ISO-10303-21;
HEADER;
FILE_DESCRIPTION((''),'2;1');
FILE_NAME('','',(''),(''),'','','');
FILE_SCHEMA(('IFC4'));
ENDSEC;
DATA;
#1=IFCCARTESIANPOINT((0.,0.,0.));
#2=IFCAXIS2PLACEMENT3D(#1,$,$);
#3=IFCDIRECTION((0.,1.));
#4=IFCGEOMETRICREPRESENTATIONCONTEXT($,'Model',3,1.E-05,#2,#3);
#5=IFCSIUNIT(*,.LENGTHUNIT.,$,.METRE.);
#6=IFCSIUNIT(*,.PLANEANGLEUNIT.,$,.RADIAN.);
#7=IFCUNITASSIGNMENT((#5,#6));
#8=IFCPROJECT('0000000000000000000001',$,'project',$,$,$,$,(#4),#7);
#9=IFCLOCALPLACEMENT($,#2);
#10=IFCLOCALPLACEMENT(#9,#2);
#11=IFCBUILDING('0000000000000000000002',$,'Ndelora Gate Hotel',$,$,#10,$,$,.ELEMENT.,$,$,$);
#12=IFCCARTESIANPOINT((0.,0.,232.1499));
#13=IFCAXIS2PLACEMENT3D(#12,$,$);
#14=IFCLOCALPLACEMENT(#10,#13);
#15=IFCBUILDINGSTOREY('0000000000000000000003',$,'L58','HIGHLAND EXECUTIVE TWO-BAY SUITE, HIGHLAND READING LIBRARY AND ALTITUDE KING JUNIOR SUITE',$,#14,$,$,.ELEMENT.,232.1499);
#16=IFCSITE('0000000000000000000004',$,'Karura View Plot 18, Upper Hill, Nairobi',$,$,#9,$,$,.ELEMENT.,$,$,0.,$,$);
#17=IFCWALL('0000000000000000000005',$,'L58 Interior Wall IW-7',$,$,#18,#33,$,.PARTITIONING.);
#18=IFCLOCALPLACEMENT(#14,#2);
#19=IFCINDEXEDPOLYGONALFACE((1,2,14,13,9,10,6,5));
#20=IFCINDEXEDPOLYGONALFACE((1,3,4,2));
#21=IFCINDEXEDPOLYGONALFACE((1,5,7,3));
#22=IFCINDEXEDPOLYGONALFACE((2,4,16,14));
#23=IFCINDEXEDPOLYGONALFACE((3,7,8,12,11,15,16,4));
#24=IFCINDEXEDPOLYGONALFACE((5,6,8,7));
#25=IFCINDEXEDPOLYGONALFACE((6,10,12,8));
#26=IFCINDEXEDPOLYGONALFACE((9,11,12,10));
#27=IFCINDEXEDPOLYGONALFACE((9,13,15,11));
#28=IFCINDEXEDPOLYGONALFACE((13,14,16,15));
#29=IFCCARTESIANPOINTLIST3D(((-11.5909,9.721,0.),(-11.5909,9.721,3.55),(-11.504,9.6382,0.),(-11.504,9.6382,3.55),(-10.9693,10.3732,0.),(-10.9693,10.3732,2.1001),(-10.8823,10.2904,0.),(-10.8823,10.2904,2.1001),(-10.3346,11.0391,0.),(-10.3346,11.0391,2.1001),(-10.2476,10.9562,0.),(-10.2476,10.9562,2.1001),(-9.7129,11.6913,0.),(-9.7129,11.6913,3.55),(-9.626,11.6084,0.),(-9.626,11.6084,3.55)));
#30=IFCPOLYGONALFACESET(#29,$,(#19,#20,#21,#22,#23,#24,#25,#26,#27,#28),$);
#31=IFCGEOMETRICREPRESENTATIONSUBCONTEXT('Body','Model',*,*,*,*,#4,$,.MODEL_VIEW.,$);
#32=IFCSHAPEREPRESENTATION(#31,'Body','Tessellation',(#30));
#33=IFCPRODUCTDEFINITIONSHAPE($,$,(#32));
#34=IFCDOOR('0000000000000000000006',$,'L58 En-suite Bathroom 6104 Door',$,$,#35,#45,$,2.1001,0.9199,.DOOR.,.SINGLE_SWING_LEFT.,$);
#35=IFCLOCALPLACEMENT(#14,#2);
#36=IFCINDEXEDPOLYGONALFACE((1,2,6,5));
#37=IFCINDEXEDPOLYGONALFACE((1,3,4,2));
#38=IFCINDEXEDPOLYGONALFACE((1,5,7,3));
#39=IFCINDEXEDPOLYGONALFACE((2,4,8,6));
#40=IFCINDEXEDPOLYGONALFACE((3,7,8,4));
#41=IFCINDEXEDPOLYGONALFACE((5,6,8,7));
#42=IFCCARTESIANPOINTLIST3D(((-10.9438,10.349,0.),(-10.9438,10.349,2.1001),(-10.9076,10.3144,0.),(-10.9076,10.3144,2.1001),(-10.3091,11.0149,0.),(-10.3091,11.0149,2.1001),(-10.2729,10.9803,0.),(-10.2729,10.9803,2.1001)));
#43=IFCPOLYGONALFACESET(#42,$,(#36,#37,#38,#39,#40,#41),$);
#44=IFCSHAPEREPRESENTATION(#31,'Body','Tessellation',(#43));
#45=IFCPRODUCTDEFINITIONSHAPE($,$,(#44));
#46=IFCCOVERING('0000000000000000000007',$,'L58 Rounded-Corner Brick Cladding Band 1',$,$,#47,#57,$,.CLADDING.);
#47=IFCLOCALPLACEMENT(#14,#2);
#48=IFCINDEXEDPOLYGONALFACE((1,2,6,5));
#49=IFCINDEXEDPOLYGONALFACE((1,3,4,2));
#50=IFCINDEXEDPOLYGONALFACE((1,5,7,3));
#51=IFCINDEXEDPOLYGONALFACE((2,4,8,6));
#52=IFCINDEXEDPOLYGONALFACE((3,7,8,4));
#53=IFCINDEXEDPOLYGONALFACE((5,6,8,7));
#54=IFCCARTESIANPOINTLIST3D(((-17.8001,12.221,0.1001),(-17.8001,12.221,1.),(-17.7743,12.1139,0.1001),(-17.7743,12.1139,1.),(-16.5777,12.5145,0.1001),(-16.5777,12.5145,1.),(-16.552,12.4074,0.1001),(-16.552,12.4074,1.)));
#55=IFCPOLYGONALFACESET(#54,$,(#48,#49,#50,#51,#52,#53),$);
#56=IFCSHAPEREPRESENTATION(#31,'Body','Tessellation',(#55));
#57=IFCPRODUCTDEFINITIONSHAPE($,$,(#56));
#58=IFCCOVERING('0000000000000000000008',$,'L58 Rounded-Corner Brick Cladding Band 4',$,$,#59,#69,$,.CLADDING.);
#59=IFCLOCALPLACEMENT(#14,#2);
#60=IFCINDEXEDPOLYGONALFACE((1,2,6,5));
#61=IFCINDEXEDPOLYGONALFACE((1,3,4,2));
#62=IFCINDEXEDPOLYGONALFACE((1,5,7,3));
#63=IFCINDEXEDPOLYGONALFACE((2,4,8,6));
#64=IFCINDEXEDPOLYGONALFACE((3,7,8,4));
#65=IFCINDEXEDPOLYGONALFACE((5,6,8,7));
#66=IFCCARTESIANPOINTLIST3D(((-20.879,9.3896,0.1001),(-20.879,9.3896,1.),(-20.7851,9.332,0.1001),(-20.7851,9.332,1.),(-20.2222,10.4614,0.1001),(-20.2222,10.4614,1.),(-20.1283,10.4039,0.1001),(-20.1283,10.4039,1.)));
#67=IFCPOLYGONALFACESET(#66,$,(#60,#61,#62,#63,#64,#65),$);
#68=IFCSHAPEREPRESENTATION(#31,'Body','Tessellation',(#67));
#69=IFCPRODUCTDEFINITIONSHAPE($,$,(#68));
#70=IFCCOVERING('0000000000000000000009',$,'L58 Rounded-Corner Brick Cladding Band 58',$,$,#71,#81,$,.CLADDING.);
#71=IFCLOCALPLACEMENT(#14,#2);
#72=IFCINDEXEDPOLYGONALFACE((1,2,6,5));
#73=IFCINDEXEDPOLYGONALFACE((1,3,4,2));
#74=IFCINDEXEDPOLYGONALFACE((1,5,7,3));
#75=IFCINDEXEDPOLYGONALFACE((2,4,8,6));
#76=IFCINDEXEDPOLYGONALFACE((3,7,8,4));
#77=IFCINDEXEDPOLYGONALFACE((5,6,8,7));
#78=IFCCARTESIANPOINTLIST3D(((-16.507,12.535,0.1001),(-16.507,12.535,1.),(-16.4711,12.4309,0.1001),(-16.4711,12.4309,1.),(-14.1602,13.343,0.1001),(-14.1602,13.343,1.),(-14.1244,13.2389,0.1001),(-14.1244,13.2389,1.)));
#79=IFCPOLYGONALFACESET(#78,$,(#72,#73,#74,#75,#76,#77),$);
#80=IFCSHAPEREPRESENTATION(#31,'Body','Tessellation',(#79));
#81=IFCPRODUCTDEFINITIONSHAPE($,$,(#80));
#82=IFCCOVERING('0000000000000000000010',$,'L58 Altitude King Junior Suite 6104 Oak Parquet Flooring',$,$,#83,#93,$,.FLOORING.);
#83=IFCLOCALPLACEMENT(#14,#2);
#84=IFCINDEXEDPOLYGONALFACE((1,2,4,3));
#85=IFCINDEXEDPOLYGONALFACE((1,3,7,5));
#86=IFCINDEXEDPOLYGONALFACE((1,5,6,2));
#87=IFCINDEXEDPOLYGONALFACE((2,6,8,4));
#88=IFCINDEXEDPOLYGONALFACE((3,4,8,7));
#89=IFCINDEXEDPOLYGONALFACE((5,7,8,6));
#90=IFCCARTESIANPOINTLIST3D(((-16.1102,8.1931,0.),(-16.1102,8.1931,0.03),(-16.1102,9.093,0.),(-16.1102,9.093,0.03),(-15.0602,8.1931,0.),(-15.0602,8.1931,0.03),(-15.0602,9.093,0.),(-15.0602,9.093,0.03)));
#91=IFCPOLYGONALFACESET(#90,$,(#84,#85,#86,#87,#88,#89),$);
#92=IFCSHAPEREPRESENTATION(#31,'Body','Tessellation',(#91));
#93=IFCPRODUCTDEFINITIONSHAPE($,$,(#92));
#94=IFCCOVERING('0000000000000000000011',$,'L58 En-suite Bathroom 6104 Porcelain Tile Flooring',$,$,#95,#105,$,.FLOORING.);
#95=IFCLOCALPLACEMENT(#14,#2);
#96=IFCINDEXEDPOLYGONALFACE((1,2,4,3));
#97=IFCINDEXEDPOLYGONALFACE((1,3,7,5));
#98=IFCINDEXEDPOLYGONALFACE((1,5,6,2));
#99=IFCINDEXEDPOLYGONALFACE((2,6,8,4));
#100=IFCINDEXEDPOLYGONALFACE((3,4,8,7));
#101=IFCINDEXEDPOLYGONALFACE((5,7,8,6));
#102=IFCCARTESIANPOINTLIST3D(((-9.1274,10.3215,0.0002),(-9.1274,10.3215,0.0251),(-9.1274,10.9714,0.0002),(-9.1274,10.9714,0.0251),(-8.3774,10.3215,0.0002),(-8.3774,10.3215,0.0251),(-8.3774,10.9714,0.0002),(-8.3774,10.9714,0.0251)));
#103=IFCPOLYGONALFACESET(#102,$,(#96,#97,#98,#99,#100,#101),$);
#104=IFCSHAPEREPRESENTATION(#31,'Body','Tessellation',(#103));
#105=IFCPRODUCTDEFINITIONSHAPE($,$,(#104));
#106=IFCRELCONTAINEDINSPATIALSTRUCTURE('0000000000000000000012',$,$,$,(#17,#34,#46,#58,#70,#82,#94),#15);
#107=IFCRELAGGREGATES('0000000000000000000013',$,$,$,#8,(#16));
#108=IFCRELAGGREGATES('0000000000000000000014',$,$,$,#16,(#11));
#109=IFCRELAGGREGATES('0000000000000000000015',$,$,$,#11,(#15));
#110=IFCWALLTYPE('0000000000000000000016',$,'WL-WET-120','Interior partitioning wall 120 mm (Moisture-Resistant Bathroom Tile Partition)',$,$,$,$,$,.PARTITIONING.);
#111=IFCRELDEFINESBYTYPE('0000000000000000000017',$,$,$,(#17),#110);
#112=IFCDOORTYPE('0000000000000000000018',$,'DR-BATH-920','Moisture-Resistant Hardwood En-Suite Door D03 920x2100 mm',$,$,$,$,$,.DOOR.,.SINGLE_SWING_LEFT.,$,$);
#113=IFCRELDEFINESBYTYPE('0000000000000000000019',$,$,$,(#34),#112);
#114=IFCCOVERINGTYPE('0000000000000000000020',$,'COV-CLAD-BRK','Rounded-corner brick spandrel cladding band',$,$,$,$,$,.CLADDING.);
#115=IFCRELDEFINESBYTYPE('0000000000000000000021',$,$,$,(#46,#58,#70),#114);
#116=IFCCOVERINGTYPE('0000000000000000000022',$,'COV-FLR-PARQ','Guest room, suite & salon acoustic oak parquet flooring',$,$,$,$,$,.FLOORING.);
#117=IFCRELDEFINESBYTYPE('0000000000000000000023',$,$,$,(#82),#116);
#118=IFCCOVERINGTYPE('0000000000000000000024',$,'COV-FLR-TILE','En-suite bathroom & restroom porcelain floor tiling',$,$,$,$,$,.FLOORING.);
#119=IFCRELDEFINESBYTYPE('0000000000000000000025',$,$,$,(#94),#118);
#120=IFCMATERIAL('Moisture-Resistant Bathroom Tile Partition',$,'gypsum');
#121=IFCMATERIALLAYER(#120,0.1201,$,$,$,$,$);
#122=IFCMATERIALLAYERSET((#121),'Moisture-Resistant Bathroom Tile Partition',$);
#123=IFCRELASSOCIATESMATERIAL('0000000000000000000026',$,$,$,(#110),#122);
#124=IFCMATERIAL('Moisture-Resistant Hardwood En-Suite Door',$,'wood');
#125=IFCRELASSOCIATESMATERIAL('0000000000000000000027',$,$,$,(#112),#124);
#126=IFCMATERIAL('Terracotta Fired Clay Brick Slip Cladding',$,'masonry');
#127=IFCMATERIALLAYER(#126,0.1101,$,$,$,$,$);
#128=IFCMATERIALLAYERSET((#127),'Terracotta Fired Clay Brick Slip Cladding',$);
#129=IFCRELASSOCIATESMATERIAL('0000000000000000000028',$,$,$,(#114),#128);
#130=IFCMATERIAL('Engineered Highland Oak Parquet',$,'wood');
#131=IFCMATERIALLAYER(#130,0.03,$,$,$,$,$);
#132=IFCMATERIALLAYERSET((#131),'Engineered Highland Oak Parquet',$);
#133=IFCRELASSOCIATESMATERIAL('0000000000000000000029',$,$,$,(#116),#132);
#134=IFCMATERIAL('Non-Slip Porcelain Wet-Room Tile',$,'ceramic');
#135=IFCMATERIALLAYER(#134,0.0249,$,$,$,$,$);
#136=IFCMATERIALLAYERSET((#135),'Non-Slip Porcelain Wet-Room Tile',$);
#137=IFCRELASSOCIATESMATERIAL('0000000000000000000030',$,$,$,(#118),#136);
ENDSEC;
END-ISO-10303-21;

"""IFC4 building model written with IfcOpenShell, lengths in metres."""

from ifc_helpers import new_model, si_unit, direction, frame, frame_2d, origin, origin_2d, place, context, subcontext, project, spatial, rectangle, extrude, material, layer, layer_set, type_object, element, fill, save


model = new_model("IFC4")

# Units and contexts
model_context = context("Model", 3, precision=1e-05, world=origin(), true_north=direction((0.0, 1.0)))
body_context = subcontext(model_context, "Body", "Model", "MODEL_VIEW")
ifc_project = project(units=[si_unit("LENGTHUNIT", "METRE"), si_unit("PLANEANGLEUNIT", "RADIAN")], contexts=[model_context])

# Site, building, storey
site_placement = place(None, origin())
site = spatial("IfcSite", under=ifc_project, at=site_placement, Name="Karura View Plot 18, Upper Hill, Nairobi", CompositionType="ELEMENT", RefElevation=0.0)
building_placement = place(site_placement, origin())
building = spatial("IfcBuilding", under=site, at=building_placement, Name="Ndelora Gate Hotel", CompositionType="ELEMENT")
storey_placement = place(building_placement, frame((0.0, 0.0, 232.1499)))
storey = spatial("IfcBuildingStorey", under=building, at=storey_placement, Name="L58", Description="HIGHLAND EXECUTIVE TWO-BAY SUITE, HIGHLAND READING LIBRARY AND ALTITUDE KING JUNIOR SUITE", CompositionType="ELEMENT", Elevation=232.1499)

# Shared definitions
ifc_material_1 = material(Name="Moisture-Resistant Bathroom Tile Partition", Category="gypsum")
ifc_layer_1 = layer(ifc_material_1, 0.1201)
ifc_layer_set_1 = layer_set([ifc_layer_1], Name="Moisture-Resistant Bathroom Tile Partition")
wall_type_1 = type_object("IfcWallType", Name="WL-WET-120", Description="Interior partitioning wall 120 mm (Moisture-Resistant Bathroom Tile Partition)", PredefinedType="PARTITIONING", material=ifc_layer_set_1)

# Wall, opening, door
wall_1_placement = place(storey_placement, frame((-11.5474, 9.6797, 0.0), z_axis=(0.0, 0.0, 1.0), x_axis=(0.689951, 0.723856, 0.0)))
wall_1 = element("IfcWall", 1, at=wall_1_placement, inside=storey, type_object=wall_type_1, Name="L58 Interior Wall IW-7", PredefinedType="PARTITIONING", context=body_context, shape_type="SweptSolid", body=[
    extrude(rectangle(XDim=2.7219, YDim=0.1201, at=frame_2d((1.3608, 0.0))), origin(), (0.0, 0.0, 1.0), 3.55),
])
opening_1_placement = place(wall_1_placement, frame((0.9009, 0.0, 0.0)))
opening_1 = element("IfcOpeningElement", 2, at=opening_1_placement, cuts=wall_1, PredefinedType="OPENING", context=body_context, shape_type="SweptSolid", body=[
    extrude(rectangle(XDim=0.9199, YDim=2.1001, at=frame_2d((0.46, 1.05))), frame((0.0, 0.0701, 0.0), z_axis=(0.0, -1.0, 0.0), x_axis=(1.0, 0.0, 0.0)), (0.0, 0.0, 1.0), 0.1401),
])
ifc_material_2 = material(Name="Moisture-Resistant Hardwood En-Suite Door", Category="wood")
door_type_1 = type_object("IfcDoorType", Name="DR-BATH-920", Description="Moisture-Resistant Hardwood En-Suite Door D03 920x2100 mm", OperationType="SINGLE_SWING_LEFT", PredefinedType="DOOR", material=ifc_material_2)
door_1_placement = place(opening_1_placement, origin())
door_1 = element("IfcDoor", 3, at=door_1_placement, inside=storey, type_object=door_type_1, Name="L58 En-suite Bathroom 6104 Door", OperationType="SINGLE_SWING_LEFT", OverallHeight=2.1001, OverallWidth=0.9199, PredefinedType="DOOR", context=body_context, shape_type="SweptSolid", body=[
    extrude(rectangle(XDim=0.9199, YDim=2.1001, at=frame_2d((0.46, 1.05))), frame((0.0, 0.0249, 0.0), z_axis=(0.0, -1.0, 0.0), x_axis=(1.0, 0.0, 0.0)), (0.0, 0.0, 1.0), 0.05),
])
fill(opening_1, door_1)

# Coverings
ifc_material_3 = material(Name="Terracotta Fired Clay Brick Slip Cladding", Category="masonry")
ifc_layer_2 = layer(ifc_material_3, 0.1101)
ifc_layer_set_2 = layer_set([ifc_layer_2], Name="Terracotta Fired Clay Brick Slip Cladding")
covering_type_1 = type_object("IfcCoveringType", Name="COV-CLAD-BRK", Description="Rounded-corner brick spandrel cladding band", PredefinedType="CLADDING", material=ifc_layer_set_2)
for number, where, z_axis, x_axis, name in (
    (4, (-17.176, 12.3142, 0.1001), (0.0, 0.0, 1.0), (0.97237, 0.233445, 0.0), "L58 Rounded-Corner Brick Cladding Band 1"),
    (5, (-20.5037, 9.8967, 0.1001), (0.0, 0.0, 1.0), (0.522499, 0.85264, 0.0), "L58 Rounded-Corner Brick Cladding Band 4"),
):
    element("IfcCovering", number, at=place(storey_placement, frame(where, z_axis=z_axis, x_axis=x_axis)), inside=storey, type_object=covering_type_1, Name=name, PredefinedType="CLADDING", context=body_context, shape_type="SweptSolid", body=[
        extrude(rectangle(XDim=1.2571, YDim=0.1101, at=origin_2d()), origin(), (0.0, 0.0, 1.0), 0.8999),
    ])
covering_1_placement = place(storey_placement, frame((-15.3157, 12.887, 0.1001), z_axis=(0.0, 0.0, 1.0), x_axis=(0.945519, 0.325568, 0.0)))
element("IfcCovering", 6, at=covering_1_placement, inside=storey, type_object=covering_type_1, Name="L58 Rounded-Corner Brick Cladding Band 58", PredefinedType="CLADDING", context=body_context, shape_type="SweptSolid", body=[
    extrude(rectangle(XDim=2.4819, YDim=0.1101, at=origin_2d()), origin(), (0.0, 0.0, 1.0), 0.8999),
])
ifc_material_4 = material(Name="Engineered Highland Oak Parquet", Category="wood")
ifc_layer_3 = layer(ifc_material_4, 0.03)
ifc_layer_set_3 = layer_set([ifc_layer_3], Name="Engineered Highland Oak Parquet")
covering_type_2 = type_object("IfcCoveringType", Name="COV-FLR-PARQ", Description="Guest room, suite & salon acoustic oak parquet flooring", PredefinedType="FLOORING", material=ifc_layer_set_3)
covering_2_placement = place(storey_placement, frame((-15.5852, 8.6431, 0.0), z_axis=(0.0, 0.0, 1.0), x_axis=(1.0, 0.0, 0.0)))
element("IfcCovering", 7, at=covering_2_placement, inside=storey, type_object=covering_type_2, Name="L58 Altitude King Junior Suite 6104 Oak Parquet Flooring", PredefinedType="FLOORING", context=body_context, shape_type="SweptSolid", body=[
    extrude(rectangle(XDim=1.05, YDim=0.8999, at=origin_2d()), origin(), (0.0, 0.0, 1.0), 0.03),
])
ifc_material_5 = material(Name="Non-Slip Porcelain Wet-Room Tile", Category="ceramic")
ifc_layer_4 = layer(ifc_material_5, 0.0249)
ifc_layer_set_4 = layer_set([ifc_layer_4], Name="Non-Slip Porcelain Wet-Room Tile")
covering_type_3 = type_object("IfcCoveringType", Name="COV-FLR-TILE", Description="En-suite bathroom & restroom porcelain floor tiling", PredefinedType="FLOORING", material=ifc_layer_set_4)
covering_3_placement = place(storey_placement, frame((-8.7524, 10.6465, 0.0002), z_axis=(0.0, 0.0, 1.0), x_axis=(1.0, 0.0, 0.0)))
element("IfcCovering", 8, at=covering_3_placement, inside=storey, type_object=covering_type_3, Name="L58 En-suite Bathroom 6104 Porcelain Tile Flooring", PredefinedType="FLOORING", context=body_context, shape_type="SweptSolid", body=[
    extrude(rectangle(XDim=0.75, YDim=0.6499, at=origin_2d()), origin(), (0.0, 0.0, 1.0), 0.0249),
])

save(model, "model.ifc")
